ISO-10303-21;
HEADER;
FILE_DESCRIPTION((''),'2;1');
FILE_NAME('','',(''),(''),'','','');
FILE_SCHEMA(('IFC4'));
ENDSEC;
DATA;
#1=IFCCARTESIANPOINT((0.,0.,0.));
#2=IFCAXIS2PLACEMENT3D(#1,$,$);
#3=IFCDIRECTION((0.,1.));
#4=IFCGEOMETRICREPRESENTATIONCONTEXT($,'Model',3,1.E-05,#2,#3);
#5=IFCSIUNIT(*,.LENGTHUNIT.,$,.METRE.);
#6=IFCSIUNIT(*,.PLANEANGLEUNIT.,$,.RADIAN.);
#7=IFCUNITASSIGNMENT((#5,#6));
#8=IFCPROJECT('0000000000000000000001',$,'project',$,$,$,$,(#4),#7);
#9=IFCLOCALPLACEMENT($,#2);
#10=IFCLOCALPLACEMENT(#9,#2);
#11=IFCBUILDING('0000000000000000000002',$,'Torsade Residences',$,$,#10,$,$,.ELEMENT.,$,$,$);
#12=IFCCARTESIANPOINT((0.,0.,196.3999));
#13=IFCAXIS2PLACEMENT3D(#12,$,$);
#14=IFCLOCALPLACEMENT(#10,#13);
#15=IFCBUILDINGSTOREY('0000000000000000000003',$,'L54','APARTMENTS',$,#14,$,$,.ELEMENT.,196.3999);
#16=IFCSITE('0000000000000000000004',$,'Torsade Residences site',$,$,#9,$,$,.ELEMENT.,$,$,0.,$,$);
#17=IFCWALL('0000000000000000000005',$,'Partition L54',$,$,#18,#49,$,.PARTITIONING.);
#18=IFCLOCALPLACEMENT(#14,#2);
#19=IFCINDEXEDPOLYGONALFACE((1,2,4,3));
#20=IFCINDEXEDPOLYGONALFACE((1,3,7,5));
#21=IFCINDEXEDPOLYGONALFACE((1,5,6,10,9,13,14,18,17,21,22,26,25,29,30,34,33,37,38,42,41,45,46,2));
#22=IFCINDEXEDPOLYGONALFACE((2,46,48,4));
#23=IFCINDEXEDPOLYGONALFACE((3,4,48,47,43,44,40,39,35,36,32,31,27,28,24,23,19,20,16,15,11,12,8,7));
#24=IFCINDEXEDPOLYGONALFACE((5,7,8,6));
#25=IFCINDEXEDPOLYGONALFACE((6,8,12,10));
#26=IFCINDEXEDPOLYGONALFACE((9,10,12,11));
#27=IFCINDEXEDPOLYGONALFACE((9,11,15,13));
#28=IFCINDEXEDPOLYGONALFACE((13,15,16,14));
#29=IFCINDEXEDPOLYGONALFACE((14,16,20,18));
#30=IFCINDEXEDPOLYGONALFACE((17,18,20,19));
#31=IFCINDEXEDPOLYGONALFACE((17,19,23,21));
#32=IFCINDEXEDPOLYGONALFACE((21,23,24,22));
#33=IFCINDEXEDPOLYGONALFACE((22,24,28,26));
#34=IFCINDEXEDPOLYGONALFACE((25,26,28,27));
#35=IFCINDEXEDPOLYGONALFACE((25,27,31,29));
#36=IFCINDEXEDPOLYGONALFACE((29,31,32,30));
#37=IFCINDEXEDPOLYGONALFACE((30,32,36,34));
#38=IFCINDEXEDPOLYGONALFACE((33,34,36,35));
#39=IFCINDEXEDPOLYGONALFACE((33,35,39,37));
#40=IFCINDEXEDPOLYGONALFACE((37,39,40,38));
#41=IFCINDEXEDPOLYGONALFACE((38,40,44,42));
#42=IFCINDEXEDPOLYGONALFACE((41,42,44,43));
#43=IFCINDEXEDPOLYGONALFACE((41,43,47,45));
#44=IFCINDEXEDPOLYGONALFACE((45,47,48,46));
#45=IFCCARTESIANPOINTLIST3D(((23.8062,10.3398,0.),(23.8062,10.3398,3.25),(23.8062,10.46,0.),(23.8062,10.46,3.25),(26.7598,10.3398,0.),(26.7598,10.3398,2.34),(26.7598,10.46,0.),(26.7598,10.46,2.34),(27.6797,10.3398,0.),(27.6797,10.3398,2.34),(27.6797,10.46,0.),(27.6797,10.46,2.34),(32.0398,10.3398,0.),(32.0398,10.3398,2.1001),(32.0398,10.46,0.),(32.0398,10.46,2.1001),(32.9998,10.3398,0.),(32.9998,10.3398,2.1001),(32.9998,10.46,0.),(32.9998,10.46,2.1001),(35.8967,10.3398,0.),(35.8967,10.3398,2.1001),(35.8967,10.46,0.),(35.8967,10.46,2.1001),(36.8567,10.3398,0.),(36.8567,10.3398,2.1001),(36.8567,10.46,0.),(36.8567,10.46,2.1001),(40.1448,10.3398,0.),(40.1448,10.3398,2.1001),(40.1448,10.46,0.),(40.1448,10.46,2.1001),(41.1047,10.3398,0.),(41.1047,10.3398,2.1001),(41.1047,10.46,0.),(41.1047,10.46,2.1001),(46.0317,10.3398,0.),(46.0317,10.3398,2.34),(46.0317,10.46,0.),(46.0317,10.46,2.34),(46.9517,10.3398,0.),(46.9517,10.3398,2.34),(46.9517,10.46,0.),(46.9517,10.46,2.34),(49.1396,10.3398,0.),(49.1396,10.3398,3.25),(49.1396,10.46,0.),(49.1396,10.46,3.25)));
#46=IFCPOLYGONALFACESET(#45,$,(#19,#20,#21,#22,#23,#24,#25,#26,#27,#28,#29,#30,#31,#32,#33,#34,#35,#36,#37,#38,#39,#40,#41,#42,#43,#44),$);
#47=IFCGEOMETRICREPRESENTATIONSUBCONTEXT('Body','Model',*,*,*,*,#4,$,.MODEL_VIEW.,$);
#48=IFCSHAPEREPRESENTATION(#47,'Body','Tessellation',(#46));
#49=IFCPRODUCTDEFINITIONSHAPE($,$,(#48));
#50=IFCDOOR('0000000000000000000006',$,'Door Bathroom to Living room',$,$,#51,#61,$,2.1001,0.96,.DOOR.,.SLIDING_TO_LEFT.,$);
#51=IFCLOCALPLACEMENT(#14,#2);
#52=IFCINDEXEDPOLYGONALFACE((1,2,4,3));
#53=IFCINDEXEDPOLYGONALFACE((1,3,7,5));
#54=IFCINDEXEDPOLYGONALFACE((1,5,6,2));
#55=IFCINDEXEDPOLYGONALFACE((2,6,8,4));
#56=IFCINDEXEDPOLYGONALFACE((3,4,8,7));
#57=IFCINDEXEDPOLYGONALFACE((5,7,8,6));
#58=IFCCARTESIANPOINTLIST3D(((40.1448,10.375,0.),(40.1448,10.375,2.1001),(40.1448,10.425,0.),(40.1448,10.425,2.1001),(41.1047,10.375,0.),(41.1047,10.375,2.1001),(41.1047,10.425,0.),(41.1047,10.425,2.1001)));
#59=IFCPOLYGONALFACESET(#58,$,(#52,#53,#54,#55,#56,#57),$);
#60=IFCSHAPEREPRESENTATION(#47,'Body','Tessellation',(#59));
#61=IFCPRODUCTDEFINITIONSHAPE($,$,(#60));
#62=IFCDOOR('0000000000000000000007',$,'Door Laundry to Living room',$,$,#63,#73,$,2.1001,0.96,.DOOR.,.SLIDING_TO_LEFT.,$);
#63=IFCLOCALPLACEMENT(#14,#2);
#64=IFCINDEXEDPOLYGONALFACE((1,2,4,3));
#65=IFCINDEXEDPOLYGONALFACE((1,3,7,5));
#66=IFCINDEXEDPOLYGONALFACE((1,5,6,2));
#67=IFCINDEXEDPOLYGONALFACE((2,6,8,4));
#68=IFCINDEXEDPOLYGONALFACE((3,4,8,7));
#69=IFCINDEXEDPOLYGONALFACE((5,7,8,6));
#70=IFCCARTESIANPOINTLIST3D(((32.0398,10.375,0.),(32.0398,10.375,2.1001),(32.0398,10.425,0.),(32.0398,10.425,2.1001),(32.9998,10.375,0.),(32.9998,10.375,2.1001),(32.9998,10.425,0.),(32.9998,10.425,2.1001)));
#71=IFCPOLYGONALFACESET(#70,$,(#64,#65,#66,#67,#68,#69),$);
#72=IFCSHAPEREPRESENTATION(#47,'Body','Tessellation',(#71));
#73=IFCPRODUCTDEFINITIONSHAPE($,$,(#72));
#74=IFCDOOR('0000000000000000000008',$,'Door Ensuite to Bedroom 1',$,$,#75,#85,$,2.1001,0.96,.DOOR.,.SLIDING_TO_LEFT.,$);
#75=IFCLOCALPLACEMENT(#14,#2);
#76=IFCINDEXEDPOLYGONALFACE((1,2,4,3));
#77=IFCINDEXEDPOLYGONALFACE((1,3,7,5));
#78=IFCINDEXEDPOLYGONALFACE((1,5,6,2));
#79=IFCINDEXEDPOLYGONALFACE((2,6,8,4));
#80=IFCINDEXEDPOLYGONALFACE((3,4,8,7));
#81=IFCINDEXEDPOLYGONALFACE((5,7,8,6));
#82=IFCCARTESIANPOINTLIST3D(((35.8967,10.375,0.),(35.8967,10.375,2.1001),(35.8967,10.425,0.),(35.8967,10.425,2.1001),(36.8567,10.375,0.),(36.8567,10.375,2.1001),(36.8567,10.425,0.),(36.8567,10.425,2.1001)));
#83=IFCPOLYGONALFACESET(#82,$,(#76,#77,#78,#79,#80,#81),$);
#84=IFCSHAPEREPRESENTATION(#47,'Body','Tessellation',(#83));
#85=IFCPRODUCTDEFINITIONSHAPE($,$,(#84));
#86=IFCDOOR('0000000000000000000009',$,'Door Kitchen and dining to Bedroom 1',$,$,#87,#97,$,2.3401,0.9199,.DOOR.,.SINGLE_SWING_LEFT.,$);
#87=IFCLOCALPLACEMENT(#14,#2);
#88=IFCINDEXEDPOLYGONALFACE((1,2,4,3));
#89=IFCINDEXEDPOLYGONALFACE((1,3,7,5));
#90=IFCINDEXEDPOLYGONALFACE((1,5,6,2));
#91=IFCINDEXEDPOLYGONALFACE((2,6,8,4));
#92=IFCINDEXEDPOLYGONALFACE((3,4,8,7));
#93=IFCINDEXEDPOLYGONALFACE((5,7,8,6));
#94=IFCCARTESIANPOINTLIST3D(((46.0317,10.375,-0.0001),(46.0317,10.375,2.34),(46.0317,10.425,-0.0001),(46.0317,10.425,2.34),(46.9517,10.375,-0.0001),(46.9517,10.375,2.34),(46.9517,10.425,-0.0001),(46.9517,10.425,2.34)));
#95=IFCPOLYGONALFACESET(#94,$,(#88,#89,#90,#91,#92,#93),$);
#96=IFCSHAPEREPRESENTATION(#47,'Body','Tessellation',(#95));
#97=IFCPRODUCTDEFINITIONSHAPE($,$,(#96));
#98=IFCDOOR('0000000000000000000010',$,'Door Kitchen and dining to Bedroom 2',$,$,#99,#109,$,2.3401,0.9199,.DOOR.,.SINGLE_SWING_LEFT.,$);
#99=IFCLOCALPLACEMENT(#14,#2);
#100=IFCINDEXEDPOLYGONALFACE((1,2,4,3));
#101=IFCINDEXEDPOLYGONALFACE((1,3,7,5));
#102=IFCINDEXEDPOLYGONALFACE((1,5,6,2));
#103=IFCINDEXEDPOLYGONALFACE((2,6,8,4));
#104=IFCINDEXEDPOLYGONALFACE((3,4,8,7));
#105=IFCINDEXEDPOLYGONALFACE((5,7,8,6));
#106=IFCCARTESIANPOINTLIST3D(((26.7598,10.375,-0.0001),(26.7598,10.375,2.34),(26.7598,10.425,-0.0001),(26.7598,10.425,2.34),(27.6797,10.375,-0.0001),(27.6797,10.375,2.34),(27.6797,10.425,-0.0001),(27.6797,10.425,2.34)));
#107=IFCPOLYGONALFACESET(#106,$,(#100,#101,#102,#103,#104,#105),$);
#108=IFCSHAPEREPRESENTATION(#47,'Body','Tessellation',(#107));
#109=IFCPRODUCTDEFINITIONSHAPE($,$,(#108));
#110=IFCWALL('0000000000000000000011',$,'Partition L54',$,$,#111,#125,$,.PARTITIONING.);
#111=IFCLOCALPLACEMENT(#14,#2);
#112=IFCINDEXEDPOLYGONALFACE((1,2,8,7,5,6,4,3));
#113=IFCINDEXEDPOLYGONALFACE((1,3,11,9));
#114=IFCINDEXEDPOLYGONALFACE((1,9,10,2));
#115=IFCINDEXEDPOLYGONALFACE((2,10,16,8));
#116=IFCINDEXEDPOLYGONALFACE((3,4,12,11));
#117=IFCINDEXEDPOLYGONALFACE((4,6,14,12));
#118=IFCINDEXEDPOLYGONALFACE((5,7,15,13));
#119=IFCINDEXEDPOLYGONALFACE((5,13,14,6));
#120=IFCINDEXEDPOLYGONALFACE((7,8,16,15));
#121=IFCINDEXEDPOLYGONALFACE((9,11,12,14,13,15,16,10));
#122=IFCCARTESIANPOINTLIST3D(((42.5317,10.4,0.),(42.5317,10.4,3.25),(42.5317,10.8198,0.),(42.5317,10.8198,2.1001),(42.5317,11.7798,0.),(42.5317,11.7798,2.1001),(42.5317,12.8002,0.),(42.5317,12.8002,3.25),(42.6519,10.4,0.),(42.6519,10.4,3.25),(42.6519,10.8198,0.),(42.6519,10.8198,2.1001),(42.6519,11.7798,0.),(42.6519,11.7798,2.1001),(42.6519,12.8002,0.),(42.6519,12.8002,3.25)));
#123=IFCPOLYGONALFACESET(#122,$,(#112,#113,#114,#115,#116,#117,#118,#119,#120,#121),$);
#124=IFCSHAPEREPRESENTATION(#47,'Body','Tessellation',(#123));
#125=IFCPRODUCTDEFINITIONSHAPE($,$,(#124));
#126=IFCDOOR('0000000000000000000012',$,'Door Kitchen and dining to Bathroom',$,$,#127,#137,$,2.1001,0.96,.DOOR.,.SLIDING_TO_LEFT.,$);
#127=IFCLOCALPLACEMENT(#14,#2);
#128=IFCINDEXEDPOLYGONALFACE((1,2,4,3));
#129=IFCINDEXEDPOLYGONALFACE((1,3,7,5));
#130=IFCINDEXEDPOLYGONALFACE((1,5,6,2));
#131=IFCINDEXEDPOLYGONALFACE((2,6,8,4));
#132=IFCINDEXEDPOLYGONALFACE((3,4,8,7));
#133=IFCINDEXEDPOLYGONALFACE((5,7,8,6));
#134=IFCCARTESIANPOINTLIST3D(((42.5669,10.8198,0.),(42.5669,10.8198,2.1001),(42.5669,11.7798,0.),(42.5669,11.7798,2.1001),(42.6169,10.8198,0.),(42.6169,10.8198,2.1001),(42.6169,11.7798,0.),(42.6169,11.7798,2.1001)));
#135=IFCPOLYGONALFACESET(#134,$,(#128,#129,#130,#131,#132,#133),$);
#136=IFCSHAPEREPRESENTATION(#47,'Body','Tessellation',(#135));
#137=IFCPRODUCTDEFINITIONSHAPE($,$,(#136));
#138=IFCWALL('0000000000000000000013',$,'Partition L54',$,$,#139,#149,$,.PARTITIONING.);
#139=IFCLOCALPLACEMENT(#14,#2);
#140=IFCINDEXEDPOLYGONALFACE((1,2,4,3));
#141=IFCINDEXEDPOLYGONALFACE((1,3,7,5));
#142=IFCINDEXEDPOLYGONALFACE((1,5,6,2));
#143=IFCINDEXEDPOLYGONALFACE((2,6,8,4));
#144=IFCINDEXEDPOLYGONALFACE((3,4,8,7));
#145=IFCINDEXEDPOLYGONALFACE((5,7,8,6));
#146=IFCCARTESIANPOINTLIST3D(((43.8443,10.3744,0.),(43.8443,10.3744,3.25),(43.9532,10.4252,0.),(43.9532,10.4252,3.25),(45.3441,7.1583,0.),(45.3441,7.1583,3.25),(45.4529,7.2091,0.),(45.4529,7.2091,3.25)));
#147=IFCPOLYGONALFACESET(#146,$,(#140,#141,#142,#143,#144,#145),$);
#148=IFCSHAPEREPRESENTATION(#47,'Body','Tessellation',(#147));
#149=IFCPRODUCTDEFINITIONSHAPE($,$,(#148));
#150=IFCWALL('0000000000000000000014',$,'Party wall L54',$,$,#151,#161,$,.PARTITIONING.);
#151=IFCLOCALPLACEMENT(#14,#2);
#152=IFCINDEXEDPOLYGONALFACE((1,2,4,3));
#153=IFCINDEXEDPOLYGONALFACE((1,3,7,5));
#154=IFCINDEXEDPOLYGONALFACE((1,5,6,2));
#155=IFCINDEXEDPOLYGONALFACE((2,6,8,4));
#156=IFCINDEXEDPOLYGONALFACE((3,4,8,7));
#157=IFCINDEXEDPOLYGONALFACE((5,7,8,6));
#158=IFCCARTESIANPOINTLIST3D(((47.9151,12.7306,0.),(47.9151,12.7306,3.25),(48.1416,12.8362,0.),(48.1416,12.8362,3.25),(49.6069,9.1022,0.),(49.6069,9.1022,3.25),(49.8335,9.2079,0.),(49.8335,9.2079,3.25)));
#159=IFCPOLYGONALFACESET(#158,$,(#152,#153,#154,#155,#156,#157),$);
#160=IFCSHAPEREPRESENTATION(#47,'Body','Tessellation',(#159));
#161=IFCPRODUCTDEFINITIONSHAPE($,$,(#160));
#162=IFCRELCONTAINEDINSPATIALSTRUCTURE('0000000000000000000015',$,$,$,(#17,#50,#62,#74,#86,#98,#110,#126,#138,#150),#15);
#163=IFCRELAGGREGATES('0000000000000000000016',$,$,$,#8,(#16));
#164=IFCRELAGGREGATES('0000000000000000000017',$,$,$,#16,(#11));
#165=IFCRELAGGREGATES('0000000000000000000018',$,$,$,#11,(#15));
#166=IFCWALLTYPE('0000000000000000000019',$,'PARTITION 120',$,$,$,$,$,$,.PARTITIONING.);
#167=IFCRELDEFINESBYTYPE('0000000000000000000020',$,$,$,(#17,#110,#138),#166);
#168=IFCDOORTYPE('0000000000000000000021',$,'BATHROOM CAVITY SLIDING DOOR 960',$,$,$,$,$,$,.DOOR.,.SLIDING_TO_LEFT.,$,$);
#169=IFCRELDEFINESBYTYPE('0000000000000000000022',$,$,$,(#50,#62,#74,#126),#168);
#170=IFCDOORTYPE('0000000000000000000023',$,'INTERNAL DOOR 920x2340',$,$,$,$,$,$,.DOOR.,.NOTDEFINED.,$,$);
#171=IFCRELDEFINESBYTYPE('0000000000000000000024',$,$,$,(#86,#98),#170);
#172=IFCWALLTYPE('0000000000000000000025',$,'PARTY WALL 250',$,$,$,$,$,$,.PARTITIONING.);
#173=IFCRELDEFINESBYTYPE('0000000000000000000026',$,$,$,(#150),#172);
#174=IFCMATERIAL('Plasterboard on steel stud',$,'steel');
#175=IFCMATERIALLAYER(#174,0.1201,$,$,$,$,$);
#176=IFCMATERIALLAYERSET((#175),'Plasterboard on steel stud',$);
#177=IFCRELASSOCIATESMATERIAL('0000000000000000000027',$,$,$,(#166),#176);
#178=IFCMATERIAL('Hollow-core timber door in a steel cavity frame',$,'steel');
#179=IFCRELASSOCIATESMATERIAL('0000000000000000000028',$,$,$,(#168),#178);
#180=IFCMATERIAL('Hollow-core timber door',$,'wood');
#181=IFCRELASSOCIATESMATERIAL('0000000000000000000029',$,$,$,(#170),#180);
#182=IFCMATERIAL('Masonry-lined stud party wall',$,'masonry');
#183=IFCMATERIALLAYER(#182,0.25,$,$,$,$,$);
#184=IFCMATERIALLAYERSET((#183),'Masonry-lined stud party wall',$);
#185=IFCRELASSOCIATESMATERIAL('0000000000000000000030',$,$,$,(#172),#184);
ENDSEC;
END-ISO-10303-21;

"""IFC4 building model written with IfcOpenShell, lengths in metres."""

from ifc_helpers import new_model, si_unit, direction, frame, frame_2d, origin, place, context, subcontext, project, spatial, rectangle, extrude, material, layer, layer_set, type_object, element, fill, save


model = new_model("IFC4")

# Units and contexts
model_context = context("Model", 3, precision=1e-05, world=origin(), true_north=direction((0.0, 1.0)))
body_context = subcontext(model_context, "Body", "Model", "MODEL_VIEW")
ifc_project = project(units=[si_unit("LENGTHUNIT", "METRE"), si_unit("PLANEANGLEUNIT", "RADIAN")], contexts=[model_context])

# Site, building, storey
site_placement = place(None, origin())
site = spatial("IfcSite", under=ifc_project, at=site_placement, Name="Torsade Residences site", CompositionType="ELEMENT", RefElevation=0.0)
building_placement = place(site_placement, origin())
building = spatial("IfcBuilding", under=site, at=building_placement, Name="Torsade Residences", CompositionType="ELEMENT")
storey_placement = place(building_placement, frame((0.0, 0.0, 196.3999)))
storey = spatial("IfcBuildingStorey", under=building, at=storey_placement, Name="L54", Description="APARTMENTS", CompositionType="ELEMENT", Elevation=196.3999)

# Wall, openings, doors
ifc_material_1 = material(Name="Plasterboard on steel stud", Category="steel")
ifc_layer_1 = layer(ifc_material_1, 0.1201)
ifc_layer_set_1 = layer_set([ifc_layer_1], Name="Plasterboard on steel stud")
wall_type_1 = type_object("IfcWallType", Name="PARTITION 120", PredefinedType="PARTITIONING", material=ifc_layer_set_1)
wall_1_placement = place(storey_placement, frame((49.1396, 10.3999, 0.0), z_axis=(0.0, 0.0, 1.0), x_axis=(-1.0, 0.0, 0.0)))
wall_1 = element("IfcWall", 1, at=wall_1_placement, inside=storey, type_object=wall_type_1, Name="Partition L54", PredefinedType="PARTITIONING", context=body_context, shape_type="SweptSolid", body=[
    extrude(rectangle(XDim=25.3335, YDim=0.1201, at=frame_2d((12.6667, 0.0))), origin(), (0.0, 0.0, 1.0), 3.25),
])
opening_1_placement = place(wall_1_placement, frame((2.188, 0.0, 0.0)))
opening_1 = element("IfcOpeningElement", 2, at=opening_1_placement, cuts=wall_1, PredefinedType="OPENING", context=body_context, shape_type="SweptSolid", body=[
    extrude(rectangle(XDim=0.9199, YDim=2.3401, at=frame_2d((0.46, 1.1699))), frame((0.0, 0.0701, 0.0), z_axis=(0.0, -1.0, 0.0), x_axis=(1.0, 0.0, 0.0)), (0.0, 0.0, 1.0), 0.1401),
])
opening_2_placement = place(wall_1_placement, frame((21.46, 0.0, 0.0)))
opening_2 = element("IfcOpeningElement", 3, at=opening_2_placement, cuts=wall_1, PredefinedType="OPENING", context=body_context, shape_type="SweptSolid", body=[
    extrude(rectangle(XDim=0.9199, YDim=2.3401, at=frame_2d((0.46, 1.1699))), frame((0.0, 0.0701, 0.0), z_axis=(0.0, -1.0, 0.0), x_axis=(1.0, 0.0, 0.0)), (0.0, 0.0, 1.0), 0.1401),
])
opening_3_placement = place(wall_1_placement, frame((8.0349, 0.0, 0.0)))
opening_3 = element("IfcOpeningElement", 4, at=opening_3_placement, cuts=wall_1, PredefinedType="OPENING", context=body_context, shape_type="SweptSolid", body=[
    extrude(rectangle(XDim=0.96, YDim=2.1001, at=frame_2d((0.48, 1.05))), frame((0.0, 0.0701, 0.0), z_axis=(0.0, -1.0, 0.0), x_axis=(1.0, 0.0, 0.0)), (0.0, 0.0, 1.0), 0.1401),
])
opening_4_placement = place(wall_1_placement, frame((16.1399, 0.0, 0.0)))
opening_4 = element("IfcOpeningElement", 5, at=opening_4_placement, cuts=wall_1, PredefinedType="OPENING", context=body_context, shape_type="SweptSolid", body=[
    extrude(rectangle(XDim=0.96, YDim=2.1001, at=frame_2d((0.48, 1.05))), frame((0.0, 0.0701, 0.0), z_axis=(0.0, -1.0, 0.0), x_axis=(1.0, 0.0, 0.0)), (0.0, 0.0, 1.0), 0.1401),
])
opening_5_placement = place(wall_1_placement, frame((12.283, 0.0, 0.0)))
opening_5 = element("IfcOpeningElement", 6, at=opening_5_placement, cuts=wall_1, PredefinedType="OPENING", context=body_context, shape_type="SweptSolid", body=[
    extrude(rectangle(XDim=0.96, YDim=2.1001, at=frame_2d((0.48, 1.05))), frame((0.0, 0.0701, 0.0), z_axis=(0.0, -1.0, 0.0), x_axis=(1.0, 0.0, 0.0)), (0.0, 0.0, 1.0), 0.1401),
])
ifc_material_2 = material(Name="Hollow-core timber door in a steel cavity frame", Category="steel")
door_type_1 = type_object("IfcDoorType", Name="BATHROOM CAVITY SLIDING DOOR 960", OperationType="SLIDING_TO_LEFT", PredefinedType="DOOR", material=ifc_material_2)
door_1_placement = place(opening_3_placement, origin())
door_1 = element("IfcDoor", 7, at=door_1_placement, inside=storey, type_object=door_type_1, Name="Door Bathroom to Living room", OperationType="SLIDING_TO_LEFT", OverallHeight=2.1001, OverallWidth=0.96, PredefinedType="DOOR", context=body_context, shape_type="SweptSolid", body=[
    extrude(rectangle(XDim=0.96, YDim=2.1001, at=frame_2d((0.48, 1.05))), frame((0.0, 0.0249, 0.0), z_axis=(0.0, -1.0, 0.0), x_axis=(1.0, 0.0, 0.0)), (0.0, 0.0, 1.0), 0.05),
])
fill(opening_3, door_1)
door_2_placement = place(opening_4_placement, origin())
door_2 = element("IfcDoor", 8, at=door_2_placement, inside=storey, type_object=door_type_1, Name="Door Laundry to Living room", OperationType="SLIDING_TO_LEFT", OverallHeight=2.1001, OverallWidth=0.96, PredefinedType="DOOR", context=body_context, shape_type="SweptSolid", body=[
    extrude(rectangle(XDim=0.96, YDim=2.1001, at=frame_2d((0.48, 1.05))), frame((0.0, 0.0249, 0.0), z_axis=(0.0, -1.0, 0.0), x_axis=(1.0, 0.0, 0.0)), (0.0, 0.0, 1.0), 0.05),
])
fill(opening_4, door_2)
door_3_placement = place(opening_5_placement, origin())
door_3 = element("IfcDoor", 9, at=door_3_placement, inside=storey, type_object=door_type_1, Name="Door Ensuite to Bedroom 1", OperationType="SLIDING_TO_LEFT", OverallHeight=2.1001, OverallWidth=0.96, PredefinedType="DOOR", context=body_context, shape_type="SweptSolid", body=[
    extrude(rectangle(XDim=0.96, YDim=2.1001, at=frame_2d((0.48, 1.05))), frame((0.0, 0.0249, 0.0), z_axis=(0.0, -1.0, 0.0), x_axis=(1.0, 0.0, 0.0)), (0.0, 0.0, 1.0), 0.05),
])
fill(opening_5, door_3)
ifc_material_3 = material(Name="Hollow-core timber door", Category="wood")
door_type_2 = type_object("IfcDoorType", Name="INTERNAL DOOR 920x2340", OperationType="NOTDEFINED", PredefinedType="DOOR", material=ifc_material_3)
door_4_placement = place(opening_1_placement, origin())
door_4 = element("IfcDoor", 10, at=door_4_placement, inside=storey, type_object=door_type_2, Name="Door Kitchen and dining to Bedroom 1", OperationType="SINGLE_SWING_LEFT", OverallHeight=2.3401, OverallWidth=0.9199, PredefinedType="DOOR", context=body_context, shape_type="SweptSolid", body=[
    extrude(rectangle(XDim=0.9199, YDim=2.3401, at=frame_2d((0.46, 1.1699))), frame((0.0, 0.0249, 0.0), z_axis=(0.0, -1.0, 0.0), x_axis=(1.0, 0.0, 0.0)), (0.0, 0.0, 1.0), 0.05),
])
fill(opening_1, door_4)
door_5_placement = place(opening_2_placement, origin())
door_5 = element("IfcDoor", 11, at=door_5_placement, inside=storey, type_object=door_type_2, Name="Door Kitchen and dining to Bedroom 2", OperationType="SINGLE_SWING_LEFT", OverallHeight=2.3401, OverallWidth=0.9199, PredefinedType="DOOR", context=body_context, shape_type="SweptSolid", body=[
    extrude(rectangle(XDim=0.9199, YDim=2.3401, at=frame_2d((0.46, 1.1699))), frame((0.0, 0.0249, 0.0), z_axis=(0.0, -1.0, 0.0), x_axis=(1.0, 0.0, 0.0)), (0.0, 0.0, 1.0), 0.05),
])
fill(opening_2, door_5)

# Wall, opening, door
wall_2_placement = place(storey_placement, frame((42.5918, 10.3999, 0.0), z_axis=(0.0, 0.0, 1.0), x_axis=(0.0, 1.0, 0.0)))
wall_2 = element("IfcWall", 12, at=wall_2_placement, inside=storey, type_object=wall_type_1, Name="Partition L54", PredefinedType="PARTITIONING", context=body_context, shape_type="SweptSolid", body=[
    extrude(rectangle(XDim=2.4001, YDim=0.1201, at=frame_2d((1.2002, 0.0))), origin(), (0.0, 0.0, 1.0), 3.25),
])
opening_6_placement = place(wall_2_placement, frame((0.4199, 0.0, 0.0)))
opening_6 = element("IfcOpeningElement", 13, at=opening_6_placement, cuts=wall_2, PredefinedType="OPENING", context=body_context, shape_type="SweptSolid", body=[
    extrude(rectangle(XDim=0.96, YDim=2.1001, at=frame_2d((0.48, 1.05))), frame((0.0, 0.0701, 0.0), z_axis=(0.0, -1.0, 0.0), x_axis=(1.0, 0.0, 0.0)), (0.0, 0.0, 1.0), 0.1401),
])
door_6_placement = place(opening_6_placement, origin())
door_6 = element("IfcDoor", 14, at=door_6_placement, inside=storey, type_object=door_type_1, Name="Door Kitchen and dining to Bathroom", OperationType="SLIDING_TO_LEFT", OverallHeight=2.1001, OverallWidth=0.96, PredefinedType="DOOR", context=body_context, shape_type="SweptSolid", body=[
    extrude(rectangle(XDim=0.96, YDim=2.1001, at=frame_2d((0.48, 1.05))), frame((0.0, 0.0249, 0.0), z_axis=(0.0, -1.0, 0.0), x_axis=(1.0, 0.0, 0.0)), (0.0, 0.0, 1.0), 0.05),
])
fill(opening_6, door_6)

# Walls
wall_3_placement = place(storey_placement, frame((43.8987, 10.3999, 0.0), z_axis=(0.0, 0.0, 1.0), x_axis=(0.422637, -0.906299, 0.0)))
element("IfcWall", 15, at=wall_3_placement, inside=storey, type_object=wall_type_1, Name="Partition L54", PredefinedType="PARTITIONING", context=body_context, shape_type="SweptSolid", body=[
    extrude(rectangle(XDim=3.5486, YDim=0.1201, at=frame_2d((1.7744, 0.0))), origin(), (0.0, 0.0, 1.0), 3.25),
])
ifc_material_4 = material(Name="Masonry-lined stud party wall", Category="masonry")
ifc_layer_2 = layer(ifc_material_4, 0.25)
ifc_layer_set_2 = layer_set([ifc_layer_2], Name="Masonry-lined stud party wall")
wall_type_2 = type_object("IfcWallType", Name="PARTY WALL 250", PredefinedType="PARTITIONING", material=ifc_layer_set_2)
wall_4_placement = place(storey_placement, frame((49.7202, 9.155, 0.0), z_axis=(0.0, 0.0, 1.0), x_axis=(-0.422605, 0.906314, 0.0)))
element("IfcWall", 16, at=wall_4_placement, inside=storey, type_object=wall_type_2, Name="Party wall L54", PredefinedType="PARTITIONING", context=body_context, shape_type="SweptSolid", body=[
    extrude(rectangle(XDim=4.0034, YDim=0.25, at=frame_2d((2.0017, 0.0))), origin(), (0.0, 0.0, 1.0), 3.25),
])

save(model, "model.ifc")
